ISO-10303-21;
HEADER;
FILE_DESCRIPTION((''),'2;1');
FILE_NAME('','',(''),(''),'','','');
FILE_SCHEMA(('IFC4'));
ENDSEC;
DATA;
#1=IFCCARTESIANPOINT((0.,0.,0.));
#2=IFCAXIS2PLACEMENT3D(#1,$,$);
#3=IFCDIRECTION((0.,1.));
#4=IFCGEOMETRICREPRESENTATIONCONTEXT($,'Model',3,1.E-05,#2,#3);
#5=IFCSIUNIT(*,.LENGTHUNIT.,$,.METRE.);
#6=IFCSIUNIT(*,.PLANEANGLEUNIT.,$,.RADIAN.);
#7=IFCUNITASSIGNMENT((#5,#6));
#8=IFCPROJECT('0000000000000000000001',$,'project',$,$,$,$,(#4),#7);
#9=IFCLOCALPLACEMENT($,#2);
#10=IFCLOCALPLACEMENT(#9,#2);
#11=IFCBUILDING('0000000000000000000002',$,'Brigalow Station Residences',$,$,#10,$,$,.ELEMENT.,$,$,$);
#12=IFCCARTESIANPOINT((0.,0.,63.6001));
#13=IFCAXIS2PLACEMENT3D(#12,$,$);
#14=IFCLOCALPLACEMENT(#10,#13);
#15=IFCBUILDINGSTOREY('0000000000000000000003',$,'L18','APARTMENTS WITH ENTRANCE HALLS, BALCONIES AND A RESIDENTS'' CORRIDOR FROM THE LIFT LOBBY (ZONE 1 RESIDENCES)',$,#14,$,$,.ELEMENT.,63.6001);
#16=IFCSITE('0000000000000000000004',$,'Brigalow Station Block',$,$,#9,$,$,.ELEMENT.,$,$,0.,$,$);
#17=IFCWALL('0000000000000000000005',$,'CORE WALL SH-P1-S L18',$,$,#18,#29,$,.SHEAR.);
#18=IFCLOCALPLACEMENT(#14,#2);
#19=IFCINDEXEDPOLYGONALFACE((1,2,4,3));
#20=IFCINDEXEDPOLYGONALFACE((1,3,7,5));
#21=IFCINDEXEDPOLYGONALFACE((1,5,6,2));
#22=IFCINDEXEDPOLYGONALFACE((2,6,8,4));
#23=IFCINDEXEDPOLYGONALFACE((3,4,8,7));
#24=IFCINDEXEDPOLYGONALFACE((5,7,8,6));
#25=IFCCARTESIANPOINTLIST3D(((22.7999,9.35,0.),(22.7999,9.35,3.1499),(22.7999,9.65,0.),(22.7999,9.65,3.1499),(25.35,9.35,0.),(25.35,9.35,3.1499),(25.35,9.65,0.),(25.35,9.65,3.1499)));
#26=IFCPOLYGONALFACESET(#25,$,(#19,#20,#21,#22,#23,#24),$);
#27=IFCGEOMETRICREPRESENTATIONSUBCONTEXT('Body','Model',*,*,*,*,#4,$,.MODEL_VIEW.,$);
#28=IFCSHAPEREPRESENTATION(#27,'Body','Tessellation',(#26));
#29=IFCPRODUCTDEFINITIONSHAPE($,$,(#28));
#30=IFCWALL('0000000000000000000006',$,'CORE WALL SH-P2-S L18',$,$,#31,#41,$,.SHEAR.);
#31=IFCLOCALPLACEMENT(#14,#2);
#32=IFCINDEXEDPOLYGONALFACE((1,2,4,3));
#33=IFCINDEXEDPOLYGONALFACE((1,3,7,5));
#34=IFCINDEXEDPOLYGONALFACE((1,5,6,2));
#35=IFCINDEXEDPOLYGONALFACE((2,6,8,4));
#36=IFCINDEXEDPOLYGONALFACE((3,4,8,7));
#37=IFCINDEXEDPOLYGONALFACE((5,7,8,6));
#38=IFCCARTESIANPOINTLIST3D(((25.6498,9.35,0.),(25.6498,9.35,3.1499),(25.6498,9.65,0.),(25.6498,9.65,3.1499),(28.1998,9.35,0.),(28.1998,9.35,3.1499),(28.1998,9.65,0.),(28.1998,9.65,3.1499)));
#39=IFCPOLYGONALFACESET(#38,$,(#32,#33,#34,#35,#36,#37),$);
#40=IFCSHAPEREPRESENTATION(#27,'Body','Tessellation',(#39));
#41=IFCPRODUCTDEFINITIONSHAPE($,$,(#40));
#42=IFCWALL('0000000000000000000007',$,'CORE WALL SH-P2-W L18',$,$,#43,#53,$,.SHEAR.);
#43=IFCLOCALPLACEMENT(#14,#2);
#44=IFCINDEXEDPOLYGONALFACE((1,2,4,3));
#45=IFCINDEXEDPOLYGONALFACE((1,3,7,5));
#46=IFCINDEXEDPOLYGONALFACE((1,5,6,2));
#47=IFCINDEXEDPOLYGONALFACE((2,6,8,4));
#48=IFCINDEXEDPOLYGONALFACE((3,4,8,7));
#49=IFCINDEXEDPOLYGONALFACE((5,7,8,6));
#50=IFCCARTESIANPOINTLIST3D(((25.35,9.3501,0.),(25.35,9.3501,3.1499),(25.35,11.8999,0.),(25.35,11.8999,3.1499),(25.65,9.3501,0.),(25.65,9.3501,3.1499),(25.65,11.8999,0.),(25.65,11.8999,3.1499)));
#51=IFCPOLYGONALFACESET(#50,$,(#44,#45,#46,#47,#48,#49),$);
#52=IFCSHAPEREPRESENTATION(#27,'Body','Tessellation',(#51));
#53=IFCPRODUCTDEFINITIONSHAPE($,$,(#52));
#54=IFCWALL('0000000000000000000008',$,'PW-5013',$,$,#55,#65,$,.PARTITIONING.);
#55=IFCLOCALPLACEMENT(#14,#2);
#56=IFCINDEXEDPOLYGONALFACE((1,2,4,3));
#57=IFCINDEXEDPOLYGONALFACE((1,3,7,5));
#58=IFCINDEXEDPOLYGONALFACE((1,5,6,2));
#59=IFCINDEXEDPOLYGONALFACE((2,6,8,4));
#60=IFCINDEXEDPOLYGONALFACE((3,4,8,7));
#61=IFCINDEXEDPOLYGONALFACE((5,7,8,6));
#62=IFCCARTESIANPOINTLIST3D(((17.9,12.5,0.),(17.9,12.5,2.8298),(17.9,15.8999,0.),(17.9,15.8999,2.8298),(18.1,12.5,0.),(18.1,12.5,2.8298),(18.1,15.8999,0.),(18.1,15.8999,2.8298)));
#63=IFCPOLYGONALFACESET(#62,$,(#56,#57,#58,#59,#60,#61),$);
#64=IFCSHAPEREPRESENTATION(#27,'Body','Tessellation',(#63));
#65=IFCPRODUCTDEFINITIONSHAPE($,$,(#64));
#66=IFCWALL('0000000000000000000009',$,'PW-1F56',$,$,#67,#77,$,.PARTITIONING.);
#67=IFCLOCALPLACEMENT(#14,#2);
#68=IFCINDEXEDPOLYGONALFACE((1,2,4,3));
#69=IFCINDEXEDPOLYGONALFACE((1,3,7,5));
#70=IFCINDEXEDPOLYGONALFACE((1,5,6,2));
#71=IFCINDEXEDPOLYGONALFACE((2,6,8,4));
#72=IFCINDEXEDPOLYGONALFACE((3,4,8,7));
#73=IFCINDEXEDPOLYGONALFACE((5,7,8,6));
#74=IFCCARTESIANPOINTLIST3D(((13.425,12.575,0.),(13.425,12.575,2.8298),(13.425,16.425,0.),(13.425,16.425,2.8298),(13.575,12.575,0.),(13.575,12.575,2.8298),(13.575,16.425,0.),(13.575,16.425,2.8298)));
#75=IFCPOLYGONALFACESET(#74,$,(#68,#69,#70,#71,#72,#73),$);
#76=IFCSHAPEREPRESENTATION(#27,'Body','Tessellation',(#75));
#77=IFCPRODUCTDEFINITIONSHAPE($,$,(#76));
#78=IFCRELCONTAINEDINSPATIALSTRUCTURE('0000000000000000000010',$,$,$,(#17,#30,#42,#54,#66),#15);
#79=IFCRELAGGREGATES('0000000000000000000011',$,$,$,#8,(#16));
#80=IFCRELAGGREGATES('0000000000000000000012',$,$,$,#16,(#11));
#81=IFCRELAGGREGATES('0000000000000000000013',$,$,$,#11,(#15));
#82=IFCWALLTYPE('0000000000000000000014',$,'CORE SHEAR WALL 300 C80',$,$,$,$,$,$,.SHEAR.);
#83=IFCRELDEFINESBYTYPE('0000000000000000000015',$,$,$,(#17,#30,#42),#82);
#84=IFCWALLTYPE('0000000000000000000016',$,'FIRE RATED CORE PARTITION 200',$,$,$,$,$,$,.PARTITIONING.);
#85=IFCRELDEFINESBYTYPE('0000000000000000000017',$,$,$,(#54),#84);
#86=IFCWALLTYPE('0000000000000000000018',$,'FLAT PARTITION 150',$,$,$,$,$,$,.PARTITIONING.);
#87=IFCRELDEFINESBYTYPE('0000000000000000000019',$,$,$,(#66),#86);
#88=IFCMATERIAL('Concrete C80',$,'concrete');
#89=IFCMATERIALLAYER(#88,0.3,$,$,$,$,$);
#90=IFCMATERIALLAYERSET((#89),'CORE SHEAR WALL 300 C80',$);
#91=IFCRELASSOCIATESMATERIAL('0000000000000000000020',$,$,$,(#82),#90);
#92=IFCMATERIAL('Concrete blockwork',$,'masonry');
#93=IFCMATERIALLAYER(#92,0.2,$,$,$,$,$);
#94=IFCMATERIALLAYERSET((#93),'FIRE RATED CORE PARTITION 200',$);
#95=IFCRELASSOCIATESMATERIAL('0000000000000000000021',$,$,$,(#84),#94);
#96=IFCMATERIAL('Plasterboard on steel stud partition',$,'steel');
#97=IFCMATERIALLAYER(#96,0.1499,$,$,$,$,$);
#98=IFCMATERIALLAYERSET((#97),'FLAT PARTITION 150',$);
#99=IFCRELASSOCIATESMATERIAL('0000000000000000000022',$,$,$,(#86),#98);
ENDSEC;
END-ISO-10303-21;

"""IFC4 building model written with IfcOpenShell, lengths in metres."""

from ifc_helpers import new_model, si_unit, direction, frame, frame_2d, origin, place, context, subcontext, project, spatial, rectangle, extrude, material, layer, layer_set, type_object, element, save


model = new_model("IFC4")

# Units and contexts
model_context = context("Model", 3, precision=1e-05, world=origin(), true_north=direction((0.0, 1.0)))
body_context = subcontext(model_context, "Body", "Model", "MODEL_VIEW")
ifc_project = project(units=[si_unit("LENGTHUNIT", "METRE"), si_unit("PLANEANGLEUNIT", "RADIAN")], contexts=[model_context])

# Site, building, storey
site_placement = place(None, origin())
site = spatial("IfcSite", under=ifc_project, at=site_placement, Name="Brigalow Station Block", CompositionType="ELEMENT", RefElevation=0.0)
building_placement = place(site_placement, origin())
building = spatial("IfcBuilding", under=site, at=building_placement, Name="Brigalow Station Residences", CompositionType="ELEMENT")
storey_placement = place(building_placement, frame((0.0, 0.0, 63.6001)))
storey = spatial("IfcBuildingStorey", under=building, at=storey_placement, Name="L18", Description="APARTMENTS WITH ENTRANCE HALLS, BALCONIES AND A RESIDENTS' CORRIDOR FROM THE LIFT LOBBY (ZONE 1 RESIDENCES)", CompositionType="ELEMENT", Elevation=63.6001)

# Walls
ifc_material_1 = material(Name="Concrete C80", Category="concrete")
ifc_layer_1 = layer(ifc_material_1, 0.3)
ifc_layer_set_1 = layer_set([ifc_layer_1], Name="CORE SHEAR WALL 300 C80")
wall_type_1 = type_object("IfcWallType", Name="CORE SHEAR WALL 300 C80", PredefinedType="SHEAR", material=ifc_layer_set_1)
for number, where, z_axis, x_axis, name in (
    (1, (22.8, 9.5, 0.0), (0.0, 0.0, 1.0), (1.0, 0.0, 0.0), "CORE WALL SH-P1-S L18"),
    (2, (25.6499, 9.5, 0.0), (0.0, 0.0, 1.0), (1.0, 0.0, 0.0), "CORE WALL SH-P2-S L18"),
):
    element("IfcWall", number, at=place(storey_placement, frame(where, z_axis=z_axis, x_axis=x_axis)), inside=storey, type_object=wall_type_1, Name=name, PredefinedType="SHEAR", context=body_context, shape_type="SweptSolid", body=[
        extrude(rectangle(XDim=2.55, YDim=0.3, at=frame_2d((1.2749, 0.0))), origin(), (0.0, 0.0, 1.0), 3.1499),
    ])
wall_1_placement = place(storey_placement, frame((25.5, 9.3501, 0.0), z_axis=(0.0, 0.0, 1.0), x_axis=(0.0, 1.0, 0.0)))
element("IfcWall", 3, at=wall_1_placement, inside=storey, type_object=wall_type_1, Name="CORE WALL SH-P2-W L18", PredefinedType="SHEAR", context=body_context, shape_type="SweptSolid", body=[
    extrude(rectangle(XDim=2.5498, YDim=0.3, at=frame_2d((1.2749, 0.0))), origin(), (0.0, 0.0, 1.0), 3.1499),
])

# Walls
ifc_material_2 = material(Name="Concrete blockwork", Category="masonry")
ifc_layer_2 = layer(ifc_material_2, 0.2)
ifc_layer_set_2 = layer_set([ifc_layer_2], Name="FIRE RATED CORE PARTITION 200")
wall_type_2 = type_object("IfcWallType", Name="FIRE RATED CORE PARTITION 200", PredefinedType="PARTITIONING", material=ifc_layer_set_2)
wall_2_placement = place(storey_placement, frame((18.0, 12.5, 0.0), z_axis=(0.0, 0.0, 1.0), x_axis=(0.0, 1.0, 0.0)))
element("IfcWall", 4, at=wall_2_placement, inside=storey, type_object=wall_type_2, Name="PW-5013", PredefinedType="PARTITIONING", context=body_context, shape_type="SweptSolid", body=[
    extrude(rectangle(XDim=3.3999, YDim=0.2, at=frame_2d((1.7, 0.0))), origin(), (0.0, 0.0, 1.0), 2.8298),
])
ifc_material_3 = material(Name="Plasterboard on steel stud partition", Category="steel")
ifc_layer_3 = layer(ifc_material_3, 0.1499)
ifc_layer_set_3 = layer_set([ifc_layer_3], Name="FLAT PARTITION 150")
wall_type_3 = type_object("IfcWallType", Name="FLAT PARTITION 150", PredefinedType="PARTITIONING", material=ifc_layer_set_3)
wall_3_placement = place(storey_placement, frame((13.5, 12.575, 0.0), z_axis=(0.0, 0.0, 1.0), x_axis=(0.0, 1.0, 0.0)))
element("IfcWall", 5, at=wall_3_placement, inside=storey, type_object=wall_type_3, Name="PW-1F56", PredefinedType="PARTITIONING", context=body_context, shape_type="SweptSolid", body=[
    extrude(rectangle(XDim=3.8501, YDim=0.1499, at=frame_2d((1.925, 0.0))), origin(), (0.0, 0.0, 1.0), 2.8298),
])

save(model, "model.ifc")
